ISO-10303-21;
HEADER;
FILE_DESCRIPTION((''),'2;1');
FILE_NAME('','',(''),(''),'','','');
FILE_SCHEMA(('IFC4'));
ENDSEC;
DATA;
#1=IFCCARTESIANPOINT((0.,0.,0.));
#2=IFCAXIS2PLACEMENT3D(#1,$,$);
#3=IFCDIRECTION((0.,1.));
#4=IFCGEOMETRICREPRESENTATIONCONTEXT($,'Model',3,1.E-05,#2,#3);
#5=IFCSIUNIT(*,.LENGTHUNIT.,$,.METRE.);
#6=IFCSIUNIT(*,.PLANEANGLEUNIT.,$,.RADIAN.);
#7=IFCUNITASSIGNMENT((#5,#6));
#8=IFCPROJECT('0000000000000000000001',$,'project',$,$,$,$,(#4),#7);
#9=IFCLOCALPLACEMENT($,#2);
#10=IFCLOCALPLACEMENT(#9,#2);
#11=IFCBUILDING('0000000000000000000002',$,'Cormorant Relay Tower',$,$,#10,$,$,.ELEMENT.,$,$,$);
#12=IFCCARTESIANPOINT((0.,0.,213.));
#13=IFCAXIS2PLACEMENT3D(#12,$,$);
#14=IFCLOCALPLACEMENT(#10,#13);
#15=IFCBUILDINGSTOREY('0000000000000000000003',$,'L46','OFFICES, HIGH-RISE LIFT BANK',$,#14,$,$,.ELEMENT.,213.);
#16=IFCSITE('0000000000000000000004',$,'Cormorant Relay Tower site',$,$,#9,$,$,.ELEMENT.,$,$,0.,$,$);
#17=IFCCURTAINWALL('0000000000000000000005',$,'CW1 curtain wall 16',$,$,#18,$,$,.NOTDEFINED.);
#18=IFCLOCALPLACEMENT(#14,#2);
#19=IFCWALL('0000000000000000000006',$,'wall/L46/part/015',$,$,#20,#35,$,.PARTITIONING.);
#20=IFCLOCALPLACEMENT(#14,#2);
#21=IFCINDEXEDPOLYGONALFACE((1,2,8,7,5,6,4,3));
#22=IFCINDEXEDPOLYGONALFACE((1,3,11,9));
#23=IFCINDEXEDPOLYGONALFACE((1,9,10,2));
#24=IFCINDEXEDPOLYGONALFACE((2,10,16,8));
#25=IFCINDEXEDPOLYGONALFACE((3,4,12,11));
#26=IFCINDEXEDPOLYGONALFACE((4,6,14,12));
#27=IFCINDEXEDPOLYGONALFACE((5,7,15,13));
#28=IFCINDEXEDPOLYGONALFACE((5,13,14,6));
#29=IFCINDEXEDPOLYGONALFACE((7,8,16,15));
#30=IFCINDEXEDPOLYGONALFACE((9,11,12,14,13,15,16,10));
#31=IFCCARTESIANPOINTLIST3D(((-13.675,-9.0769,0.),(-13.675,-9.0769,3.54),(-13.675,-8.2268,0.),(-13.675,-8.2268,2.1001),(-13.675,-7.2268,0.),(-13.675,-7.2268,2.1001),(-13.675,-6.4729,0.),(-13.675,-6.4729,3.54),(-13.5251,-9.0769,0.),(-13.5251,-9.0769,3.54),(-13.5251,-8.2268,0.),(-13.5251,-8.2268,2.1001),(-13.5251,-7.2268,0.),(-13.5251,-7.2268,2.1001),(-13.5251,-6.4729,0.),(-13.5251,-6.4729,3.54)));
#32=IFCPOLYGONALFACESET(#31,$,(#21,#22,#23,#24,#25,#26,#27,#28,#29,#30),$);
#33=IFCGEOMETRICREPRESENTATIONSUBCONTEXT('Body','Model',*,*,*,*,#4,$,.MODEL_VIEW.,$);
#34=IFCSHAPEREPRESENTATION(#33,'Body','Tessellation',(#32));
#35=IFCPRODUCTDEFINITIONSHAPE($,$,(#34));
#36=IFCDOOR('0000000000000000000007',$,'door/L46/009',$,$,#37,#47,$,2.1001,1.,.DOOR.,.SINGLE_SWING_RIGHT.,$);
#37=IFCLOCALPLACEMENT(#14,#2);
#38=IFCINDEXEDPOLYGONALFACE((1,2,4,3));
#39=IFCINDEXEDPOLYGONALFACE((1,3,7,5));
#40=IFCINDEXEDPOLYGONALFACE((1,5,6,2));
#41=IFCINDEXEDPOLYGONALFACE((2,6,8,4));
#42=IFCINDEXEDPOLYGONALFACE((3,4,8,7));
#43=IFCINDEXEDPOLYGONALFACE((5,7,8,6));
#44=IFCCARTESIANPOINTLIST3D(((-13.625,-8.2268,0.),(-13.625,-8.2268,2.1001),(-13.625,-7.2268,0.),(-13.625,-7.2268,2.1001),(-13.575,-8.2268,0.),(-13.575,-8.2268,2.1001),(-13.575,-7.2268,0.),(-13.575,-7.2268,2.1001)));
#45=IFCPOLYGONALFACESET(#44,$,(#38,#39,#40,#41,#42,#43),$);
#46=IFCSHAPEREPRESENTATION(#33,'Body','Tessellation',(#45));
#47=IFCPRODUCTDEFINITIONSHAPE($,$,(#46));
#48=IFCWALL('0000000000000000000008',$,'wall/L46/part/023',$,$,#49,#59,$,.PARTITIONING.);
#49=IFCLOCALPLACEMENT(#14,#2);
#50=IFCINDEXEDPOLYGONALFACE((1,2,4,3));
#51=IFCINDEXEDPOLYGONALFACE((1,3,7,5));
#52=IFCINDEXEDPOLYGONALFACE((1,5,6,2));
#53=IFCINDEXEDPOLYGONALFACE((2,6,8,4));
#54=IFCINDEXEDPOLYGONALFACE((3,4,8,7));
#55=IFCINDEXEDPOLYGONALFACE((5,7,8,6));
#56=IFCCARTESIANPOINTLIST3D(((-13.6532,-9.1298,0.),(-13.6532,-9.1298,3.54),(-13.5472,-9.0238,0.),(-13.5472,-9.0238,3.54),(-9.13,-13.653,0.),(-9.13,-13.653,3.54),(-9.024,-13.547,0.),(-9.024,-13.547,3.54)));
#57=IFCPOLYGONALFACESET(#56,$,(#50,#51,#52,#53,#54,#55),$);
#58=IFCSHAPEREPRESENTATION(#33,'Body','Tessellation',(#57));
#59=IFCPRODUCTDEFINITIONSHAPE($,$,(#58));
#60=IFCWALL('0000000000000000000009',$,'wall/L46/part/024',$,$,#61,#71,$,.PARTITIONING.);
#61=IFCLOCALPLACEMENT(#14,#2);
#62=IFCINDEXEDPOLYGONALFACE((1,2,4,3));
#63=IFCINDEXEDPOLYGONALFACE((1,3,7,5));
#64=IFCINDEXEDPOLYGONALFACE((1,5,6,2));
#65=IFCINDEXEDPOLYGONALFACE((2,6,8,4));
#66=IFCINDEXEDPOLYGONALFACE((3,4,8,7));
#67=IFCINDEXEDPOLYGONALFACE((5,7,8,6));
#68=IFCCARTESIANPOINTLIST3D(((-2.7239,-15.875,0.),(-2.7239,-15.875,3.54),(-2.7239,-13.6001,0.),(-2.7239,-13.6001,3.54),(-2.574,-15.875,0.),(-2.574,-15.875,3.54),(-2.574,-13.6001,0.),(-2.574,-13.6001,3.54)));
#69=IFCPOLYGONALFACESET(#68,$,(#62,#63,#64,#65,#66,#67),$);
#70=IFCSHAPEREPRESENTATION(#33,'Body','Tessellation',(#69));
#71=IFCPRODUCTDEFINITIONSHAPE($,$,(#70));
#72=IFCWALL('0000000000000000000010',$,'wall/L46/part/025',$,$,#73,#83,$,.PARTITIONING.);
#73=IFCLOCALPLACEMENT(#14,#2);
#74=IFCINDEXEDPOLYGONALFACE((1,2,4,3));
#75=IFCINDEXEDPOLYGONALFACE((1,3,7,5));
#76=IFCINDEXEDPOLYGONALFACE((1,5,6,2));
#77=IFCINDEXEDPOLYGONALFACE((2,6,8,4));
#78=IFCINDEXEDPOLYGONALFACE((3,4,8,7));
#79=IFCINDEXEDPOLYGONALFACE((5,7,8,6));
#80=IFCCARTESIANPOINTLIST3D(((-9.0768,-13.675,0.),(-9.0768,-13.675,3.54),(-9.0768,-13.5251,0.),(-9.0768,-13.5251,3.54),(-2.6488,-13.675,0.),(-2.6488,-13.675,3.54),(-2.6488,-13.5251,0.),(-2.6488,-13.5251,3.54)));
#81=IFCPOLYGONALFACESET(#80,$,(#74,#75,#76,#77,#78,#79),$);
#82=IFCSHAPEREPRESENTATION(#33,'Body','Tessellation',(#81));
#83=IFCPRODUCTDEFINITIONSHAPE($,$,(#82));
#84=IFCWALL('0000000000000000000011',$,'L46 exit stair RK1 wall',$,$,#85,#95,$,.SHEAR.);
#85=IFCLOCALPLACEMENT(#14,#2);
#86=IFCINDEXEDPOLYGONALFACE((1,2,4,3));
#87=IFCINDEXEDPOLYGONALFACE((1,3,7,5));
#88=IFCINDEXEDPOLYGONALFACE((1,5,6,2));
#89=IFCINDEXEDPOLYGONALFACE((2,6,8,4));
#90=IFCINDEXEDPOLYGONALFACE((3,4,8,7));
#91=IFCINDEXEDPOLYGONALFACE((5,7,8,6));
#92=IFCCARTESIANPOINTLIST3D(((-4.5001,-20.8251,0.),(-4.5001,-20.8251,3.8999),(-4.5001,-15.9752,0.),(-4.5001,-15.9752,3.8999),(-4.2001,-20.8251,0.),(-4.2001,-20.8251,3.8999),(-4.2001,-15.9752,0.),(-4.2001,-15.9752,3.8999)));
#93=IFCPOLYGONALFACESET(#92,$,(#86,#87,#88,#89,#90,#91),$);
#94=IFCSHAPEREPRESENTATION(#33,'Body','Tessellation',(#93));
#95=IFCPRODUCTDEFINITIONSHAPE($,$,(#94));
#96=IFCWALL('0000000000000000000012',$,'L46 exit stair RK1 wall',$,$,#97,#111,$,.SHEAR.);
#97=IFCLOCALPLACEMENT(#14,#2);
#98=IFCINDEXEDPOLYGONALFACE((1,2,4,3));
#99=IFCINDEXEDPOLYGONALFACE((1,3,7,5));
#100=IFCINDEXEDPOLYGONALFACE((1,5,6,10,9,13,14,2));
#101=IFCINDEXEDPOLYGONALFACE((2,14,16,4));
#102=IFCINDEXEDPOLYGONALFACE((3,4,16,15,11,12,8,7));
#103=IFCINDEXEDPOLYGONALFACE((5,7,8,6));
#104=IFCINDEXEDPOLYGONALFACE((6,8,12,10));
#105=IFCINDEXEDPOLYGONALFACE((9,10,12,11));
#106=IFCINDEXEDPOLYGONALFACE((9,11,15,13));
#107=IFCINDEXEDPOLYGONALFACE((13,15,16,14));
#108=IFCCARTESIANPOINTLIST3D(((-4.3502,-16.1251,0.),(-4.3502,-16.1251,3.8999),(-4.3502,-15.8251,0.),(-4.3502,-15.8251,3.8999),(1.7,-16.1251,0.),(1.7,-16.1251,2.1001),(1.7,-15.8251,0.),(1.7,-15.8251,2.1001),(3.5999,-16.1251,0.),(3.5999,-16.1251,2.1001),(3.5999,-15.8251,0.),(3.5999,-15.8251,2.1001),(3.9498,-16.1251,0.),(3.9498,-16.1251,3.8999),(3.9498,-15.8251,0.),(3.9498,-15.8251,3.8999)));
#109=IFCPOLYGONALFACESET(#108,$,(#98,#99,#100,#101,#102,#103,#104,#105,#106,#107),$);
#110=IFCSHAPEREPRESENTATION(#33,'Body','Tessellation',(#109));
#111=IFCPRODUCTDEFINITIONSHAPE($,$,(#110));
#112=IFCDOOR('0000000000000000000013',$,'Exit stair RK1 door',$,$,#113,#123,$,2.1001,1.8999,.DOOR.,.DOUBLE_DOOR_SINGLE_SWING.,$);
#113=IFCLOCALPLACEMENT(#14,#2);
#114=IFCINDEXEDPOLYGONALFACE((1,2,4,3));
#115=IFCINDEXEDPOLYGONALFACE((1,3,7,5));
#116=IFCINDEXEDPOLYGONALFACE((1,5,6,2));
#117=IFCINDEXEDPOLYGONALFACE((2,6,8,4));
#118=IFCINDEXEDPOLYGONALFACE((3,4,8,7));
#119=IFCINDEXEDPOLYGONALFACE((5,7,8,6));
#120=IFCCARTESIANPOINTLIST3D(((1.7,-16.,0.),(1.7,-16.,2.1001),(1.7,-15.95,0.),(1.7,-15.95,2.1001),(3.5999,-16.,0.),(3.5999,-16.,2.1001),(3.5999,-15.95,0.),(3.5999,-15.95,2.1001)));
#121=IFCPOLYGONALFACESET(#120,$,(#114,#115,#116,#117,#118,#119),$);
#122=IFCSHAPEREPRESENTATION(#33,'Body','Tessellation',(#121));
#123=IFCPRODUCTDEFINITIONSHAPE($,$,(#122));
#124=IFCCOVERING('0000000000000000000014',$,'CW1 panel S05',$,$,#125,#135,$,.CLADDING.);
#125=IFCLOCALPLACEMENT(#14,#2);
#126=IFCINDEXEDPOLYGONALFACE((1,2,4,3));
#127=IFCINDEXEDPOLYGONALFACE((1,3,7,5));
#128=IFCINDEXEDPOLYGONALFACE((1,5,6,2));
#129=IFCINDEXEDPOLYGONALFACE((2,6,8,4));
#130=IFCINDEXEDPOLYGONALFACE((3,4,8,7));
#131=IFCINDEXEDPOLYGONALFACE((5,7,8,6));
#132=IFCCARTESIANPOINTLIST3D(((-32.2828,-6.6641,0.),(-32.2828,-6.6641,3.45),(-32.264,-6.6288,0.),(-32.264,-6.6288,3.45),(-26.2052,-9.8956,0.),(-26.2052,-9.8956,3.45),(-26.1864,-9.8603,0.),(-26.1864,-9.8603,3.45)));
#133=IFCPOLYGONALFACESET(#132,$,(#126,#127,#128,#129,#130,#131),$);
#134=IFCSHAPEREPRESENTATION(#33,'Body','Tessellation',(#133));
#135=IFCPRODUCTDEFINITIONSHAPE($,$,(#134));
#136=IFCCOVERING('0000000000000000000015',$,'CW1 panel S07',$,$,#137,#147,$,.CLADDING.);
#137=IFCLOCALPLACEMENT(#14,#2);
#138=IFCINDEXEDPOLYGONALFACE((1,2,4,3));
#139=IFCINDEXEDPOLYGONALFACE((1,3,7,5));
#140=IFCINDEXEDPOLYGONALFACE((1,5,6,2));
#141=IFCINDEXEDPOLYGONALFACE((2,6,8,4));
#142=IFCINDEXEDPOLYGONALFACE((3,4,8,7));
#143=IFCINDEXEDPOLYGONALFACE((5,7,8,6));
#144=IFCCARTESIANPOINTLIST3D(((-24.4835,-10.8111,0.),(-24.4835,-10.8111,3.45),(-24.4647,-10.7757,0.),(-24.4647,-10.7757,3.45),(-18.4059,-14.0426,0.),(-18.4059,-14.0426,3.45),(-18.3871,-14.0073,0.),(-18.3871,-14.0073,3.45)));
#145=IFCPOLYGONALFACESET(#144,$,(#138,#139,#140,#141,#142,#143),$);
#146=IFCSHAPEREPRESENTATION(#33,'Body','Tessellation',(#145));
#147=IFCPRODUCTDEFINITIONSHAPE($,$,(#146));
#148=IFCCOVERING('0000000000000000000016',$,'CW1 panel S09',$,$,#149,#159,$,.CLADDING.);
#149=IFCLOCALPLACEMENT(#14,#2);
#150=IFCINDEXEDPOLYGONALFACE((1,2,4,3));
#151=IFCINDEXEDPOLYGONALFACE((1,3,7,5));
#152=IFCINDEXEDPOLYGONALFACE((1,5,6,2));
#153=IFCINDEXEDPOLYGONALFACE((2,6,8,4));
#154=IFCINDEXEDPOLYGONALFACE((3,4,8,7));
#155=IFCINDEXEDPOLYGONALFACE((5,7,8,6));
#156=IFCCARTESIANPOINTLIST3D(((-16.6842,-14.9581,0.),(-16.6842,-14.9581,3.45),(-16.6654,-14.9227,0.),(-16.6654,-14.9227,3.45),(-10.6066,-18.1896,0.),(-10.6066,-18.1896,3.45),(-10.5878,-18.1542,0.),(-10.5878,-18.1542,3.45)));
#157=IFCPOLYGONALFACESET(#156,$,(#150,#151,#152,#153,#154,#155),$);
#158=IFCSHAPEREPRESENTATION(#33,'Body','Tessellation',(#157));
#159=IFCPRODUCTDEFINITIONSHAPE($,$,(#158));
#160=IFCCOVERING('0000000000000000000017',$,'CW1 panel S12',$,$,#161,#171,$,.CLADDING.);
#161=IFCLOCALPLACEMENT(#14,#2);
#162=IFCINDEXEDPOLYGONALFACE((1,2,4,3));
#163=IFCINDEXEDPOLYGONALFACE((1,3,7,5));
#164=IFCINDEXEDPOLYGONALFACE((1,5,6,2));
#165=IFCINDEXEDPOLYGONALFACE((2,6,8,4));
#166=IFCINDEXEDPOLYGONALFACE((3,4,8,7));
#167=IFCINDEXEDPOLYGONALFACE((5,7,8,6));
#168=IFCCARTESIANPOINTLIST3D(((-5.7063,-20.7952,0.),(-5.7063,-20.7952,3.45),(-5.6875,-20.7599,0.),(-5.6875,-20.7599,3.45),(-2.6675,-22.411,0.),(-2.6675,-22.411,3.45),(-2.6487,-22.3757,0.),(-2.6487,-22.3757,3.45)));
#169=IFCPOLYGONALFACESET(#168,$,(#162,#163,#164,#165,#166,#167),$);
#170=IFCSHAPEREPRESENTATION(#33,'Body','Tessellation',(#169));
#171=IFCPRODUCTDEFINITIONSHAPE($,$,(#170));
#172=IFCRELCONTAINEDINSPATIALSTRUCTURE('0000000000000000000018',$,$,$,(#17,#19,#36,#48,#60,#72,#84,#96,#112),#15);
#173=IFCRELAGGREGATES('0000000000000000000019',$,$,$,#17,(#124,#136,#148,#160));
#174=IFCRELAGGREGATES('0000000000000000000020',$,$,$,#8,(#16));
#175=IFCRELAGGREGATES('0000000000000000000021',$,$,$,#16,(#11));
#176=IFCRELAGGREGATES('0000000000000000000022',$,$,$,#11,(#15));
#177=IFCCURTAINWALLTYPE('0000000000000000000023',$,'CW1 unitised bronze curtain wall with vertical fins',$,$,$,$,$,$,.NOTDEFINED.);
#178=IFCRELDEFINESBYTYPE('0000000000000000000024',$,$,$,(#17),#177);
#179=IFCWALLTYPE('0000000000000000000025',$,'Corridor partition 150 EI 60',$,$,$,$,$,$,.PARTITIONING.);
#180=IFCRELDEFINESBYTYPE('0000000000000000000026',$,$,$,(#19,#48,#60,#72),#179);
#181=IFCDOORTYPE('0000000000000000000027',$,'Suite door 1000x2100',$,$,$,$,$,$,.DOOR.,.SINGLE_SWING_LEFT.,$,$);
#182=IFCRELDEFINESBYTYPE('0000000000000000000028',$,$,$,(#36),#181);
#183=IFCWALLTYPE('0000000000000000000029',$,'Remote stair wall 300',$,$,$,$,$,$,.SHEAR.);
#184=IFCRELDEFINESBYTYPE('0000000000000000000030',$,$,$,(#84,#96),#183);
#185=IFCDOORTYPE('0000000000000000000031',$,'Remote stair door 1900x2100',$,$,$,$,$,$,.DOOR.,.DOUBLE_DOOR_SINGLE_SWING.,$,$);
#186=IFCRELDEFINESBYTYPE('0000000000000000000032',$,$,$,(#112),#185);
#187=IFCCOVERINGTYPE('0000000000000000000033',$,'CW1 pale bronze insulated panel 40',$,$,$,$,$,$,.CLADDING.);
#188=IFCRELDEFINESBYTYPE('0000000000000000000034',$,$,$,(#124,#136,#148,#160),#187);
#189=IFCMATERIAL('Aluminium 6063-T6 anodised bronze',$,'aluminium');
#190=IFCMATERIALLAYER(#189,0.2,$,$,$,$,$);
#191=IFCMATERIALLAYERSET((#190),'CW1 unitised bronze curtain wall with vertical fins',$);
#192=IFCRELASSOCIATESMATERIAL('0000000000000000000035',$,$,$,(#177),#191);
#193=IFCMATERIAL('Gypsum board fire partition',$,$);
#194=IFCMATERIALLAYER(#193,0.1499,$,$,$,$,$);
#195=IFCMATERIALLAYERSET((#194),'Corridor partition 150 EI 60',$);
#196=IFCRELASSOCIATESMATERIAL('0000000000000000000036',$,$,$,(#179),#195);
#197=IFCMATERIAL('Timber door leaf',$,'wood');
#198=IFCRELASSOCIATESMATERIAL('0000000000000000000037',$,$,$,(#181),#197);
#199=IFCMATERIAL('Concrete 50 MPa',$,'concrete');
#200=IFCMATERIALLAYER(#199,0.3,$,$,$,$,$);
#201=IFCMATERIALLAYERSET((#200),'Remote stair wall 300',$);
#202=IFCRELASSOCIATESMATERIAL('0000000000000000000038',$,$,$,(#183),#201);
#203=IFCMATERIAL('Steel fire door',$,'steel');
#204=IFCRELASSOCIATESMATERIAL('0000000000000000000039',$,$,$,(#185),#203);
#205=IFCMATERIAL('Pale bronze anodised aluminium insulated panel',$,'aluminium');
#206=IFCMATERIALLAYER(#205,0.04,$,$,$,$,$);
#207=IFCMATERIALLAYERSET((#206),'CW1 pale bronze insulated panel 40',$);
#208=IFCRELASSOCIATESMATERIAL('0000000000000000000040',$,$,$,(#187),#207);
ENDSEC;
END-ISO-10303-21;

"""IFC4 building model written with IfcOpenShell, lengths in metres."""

from ifc_helpers import new_model, si_unit, direction, frame, frame_2d, origin, origin_2d, place, context, subcontext, project, spatial, rectangle, extrude, material, layer, layer_set, type_object, element, fill, aggregate, save


model = new_model("IFC4")

# Units and contexts
model_context = context("Model", 3, precision=1e-05, world=origin(), true_north=direction((0.0, 1.0)))
body_context = subcontext(model_context, "Body", "Model", "MODEL_VIEW")
ifc_project = project(units=[si_unit("LENGTHUNIT", "METRE"), si_unit("PLANEANGLEUNIT", "RADIAN")], contexts=[model_context])

# Site, building, storey
site_placement = place(None, origin())
site = spatial("IfcSite", under=ifc_project, at=site_placement, Name="Cormorant Relay Tower site", CompositionType="ELEMENT", RefElevation=0.0)
building_placement = place(site_placement, origin())
building = spatial("IfcBuilding", under=site, at=building_placement, Name="Cormorant Relay Tower", CompositionType="ELEMENT")
storey_placement = place(building_placement, frame((0.0, 0.0, 213.0)))
storey = spatial("IfcBuildingStorey", under=building, at=storey_placement, Name="L46", Description="OFFICES, HIGH-RISE LIFT BANK", CompositionType="ELEMENT", Elevation=213.0)

# Curtain wall
ifc_material_1 = material(Name="Aluminium 6063-T6 anodised bronze", Category="aluminium")
ifc_layer_1 = layer(ifc_material_1, 0.2)
ifc_layer_set_1 = layer_set([ifc_layer_1], Name="CW1 unitised bronze curtain wall with vertical fins")
curtain_wall_type = type_object("IfcCurtainWallType", Name="CW1 unitised bronze curtain wall with vertical fins", PredefinedType="NOTDEFINED", material=ifc_layer_set_1)
curtain_wall_placement = place(storey_placement, origin())
curtain_wall = element("IfcCurtainWall", 1, at=curtain_wall_placement, inside=storey, type_object=curtain_wall_type, Name="CW1 curtain wall 16", PredefinedType="NOTDEFINED")

# Wall, opening, door
ifc_material_2 = material(Name="Gypsum board fire partition")
ifc_layer_2 = layer(ifc_material_2, 0.1499)
ifc_layer_set_2 = layer_set([ifc_layer_2], Name="Corridor partition 150 EI 60")
wall_type_1 = type_object("IfcWallType", Name="Corridor partition 150 EI 60", PredefinedType="PARTITIONING", material=ifc_layer_set_2)
wall_1_placement = place(storey_placement, frame((-13.6001, -9.0769, 0.0), z_axis=(0.0, 0.0, 1.0), x_axis=(0.0, 1.0, 0.0)))
wall_1 = element("IfcWall", 2, at=wall_1_placement, inside=storey, type_object=wall_type_1, Name="wall/L46/part/015", PredefinedType="PARTITIONING", context=body_context, shape_type="SweptSolid", body=[
    extrude(rectangle(XDim=2.604, YDim=0.1499, at=frame_2d((1.302, 0.0))), origin(), (0.0, 0.0, 1.0), 3.54),
])
opening_1_placement = place(wall_1_placement, frame((0.8501, 0.0, 0.0)))
opening_1 = element("IfcOpeningElement", 3, at=opening_1_placement, cuts=wall_1, PredefinedType="OPENING", context=body_context, shape_type="SweptSolid", body=[
    extrude(rectangle(XDim=1.0, YDim=2.1001, at=frame_2d((0.5, 1.05))), frame((0.0, 0.085, 0.0), z_axis=(0.0, -1.0, 0.0), x_axis=(1.0, 0.0, 0.0)), (0.0, 0.0, 1.0), 0.1699),
])
ifc_material_3 = material(Name="Timber door leaf", Category="wood")
door_type_1 = type_object("IfcDoorType", Name="Suite door 1000x2100", OperationType="SINGLE_SWING_LEFT", PredefinedType="DOOR", material=ifc_material_3)
door_1_placement = place(opening_1_placement, origin())
door_1 = element("IfcDoor", 4, at=door_1_placement, inside=storey, type_object=door_type_1, Name="door/L46/009", OperationType="SINGLE_SWING_RIGHT", OverallHeight=2.1001, OverallWidth=1.0, PredefinedType="DOOR", context=body_context, shape_type="SweptSolid", body=[
    extrude(rectangle(XDim=1.0, YDim=2.1001, at=frame_2d((0.5, 1.05))), frame((0.0, 0.0249, 0.0), z_axis=(0.0, -1.0, 0.0), x_axis=(1.0, 0.0, 0.0)), (0.0, 0.0, 1.0), 0.05),
])
fill(opening_1, door_1)

# Walls
wall_2_placement = place(storey_placement, frame((-13.6001, -9.0769, 0.0), z_axis=(0.0, 0.0, 1.0), x_axis=(0.707107, -0.707107, 0.0)))
element("IfcWall", 5, at=wall_2_placement, inside=storey, type_object=wall_type_1, Name="wall/L46/part/023", PredefinedType="PARTITIONING", context=body_context, shape_type="SweptSolid", body=[
    extrude(rectangle(XDim=6.3967, YDim=0.1499, at=frame_2d((3.1982, 0.0))), origin(), (0.0, 0.0, 1.0), 3.54),
])
wall_3_placement = place(storey_placement, frame((-2.6489, -15.875, 0.0), z_axis=(0.0, 0.0, 1.0), x_axis=(0.0, 1.0, 0.0)))
element("IfcWall", 6, at=wall_3_placement, inside=storey, type_object=wall_type_1, Name="wall/L46/part/024", PredefinedType="PARTITIONING", context=body_context, shape_type="SweptSolid", body=[
    extrude(rectangle(XDim=2.2749, YDim=0.1499, at=frame_2d((1.1375, 0.0))), origin(), (0.0, 0.0, 1.0), 3.54),
])
wall_4_placement = place(storey_placement, frame((-2.6489, -13.6001, 0.0), z_axis=(0.0, 0.0, 1.0), x_axis=(-1.0, 0.0, 0.0)))
element("IfcWall", 7, at=wall_4_placement, inside=storey, type_object=wall_type_1, Name="wall/L46/part/025", PredefinedType="PARTITIONING", context=body_context, shape_type="SweptSolid", body=[
    extrude(rectangle(XDim=6.428, YDim=0.1499, at=frame_2d((3.2139, 0.0))), origin(), (0.0, 0.0, 1.0), 3.54),
])
ifc_material_4 = material(Name="Concrete 50 MPa", Category="concrete")
ifc_layer_3 = layer(ifc_material_4, 0.3)
ifc_layer_set_3 = layer_set([ifc_layer_3], Name="Remote stair wall 300")
wall_type_2 = type_object("IfcWallType", Name="Remote stair wall 300", PredefinedType="SHEAR", material=ifc_layer_set_3)
wall_5_placement = place(storey_placement, frame((-4.3501, -20.825, 0.0), z_axis=(0.0, 0.0, 1.0), x_axis=(0.0, 1.0, 0.0)))
element("IfcWall", 8, at=wall_5_placement, inside=storey, type_object=wall_type_2, Name="L46 exit stair RK1 wall", PredefinedType="SHEAR", context=body_context, shape_type="SweptSolid", body=[
    extrude(rectangle(XDim=4.8499, YDim=0.3, at=frame_2d((2.4248, 0.0))), origin(), (0.0, 0.0, 1.0), 3.8999),
])

# Wall, opening, door
wall_6_placement = place(storey_placement, frame((-4.3501, -15.9751, 0.0), z_axis=(0.0, 0.0, 1.0), x_axis=(1.0, 0.0, 0.0)))
wall_6 = element("IfcWall", 9, at=wall_6_placement, inside=storey, type_object=wall_type_2, Name="L46 exit stair RK1 wall", PredefinedType="SHEAR", context=body_context, shape_type="SweptSolid", body=[
    extrude(rectangle(XDim=8.3, YDim=0.3, at=frame_2d((4.1499, 0.0))), origin(), (0.0, 0.0, 1.0), 3.8999),
])
opening_2_placement = place(wall_6_placement, frame((6.05, 0.0, 0.0)))
opening_2 = element("IfcOpeningElement", 10, at=opening_2_placement, cuts=wall_6, PredefinedType="OPENING", context=body_context, shape_type="SweptSolid", body=[
    extrude(rectangle(XDim=1.8999, YDim=2.1001, at=frame_2d((0.95, 1.05))), frame((0.0, 0.1599, 0.0), z_axis=(0.0, -1.0, 0.0), x_axis=(1.0, 0.0, 0.0)), (0.0, 0.0, 1.0), 0.3201),
])
ifc_material_5 = material(Name="Steel fire door", Category="steel")
door_type_2 = type_object("IfcDoorType", Name="Remote stair door 1900x2100", OperationType="DOUBLE_DOOR_SINGLE_SWING", PredefinedType="DOOR", material=ifc_material_5)
door_2_placement = place(opening_2_placement, frame((1.8999, 0.0, 0.0), z_axis=(0.0, 0.0, 1.0), x_axis=(-1.0, 0.0, 0.0)))
door_2 = element("IfcDoor", 11, at=door_2_placement, inside=storey, type_object=door_type_2, Name="Exit stair RK1 door", OperationType="DOUBLE_DOOR_SINGLE_SWING", OverallHeight=2.1001, OverallWidth=1.8999, PredefinedType="DOOR", context=body_context, shape_type="SweptSolid", body=[
    extrude(rectangle(XDim=1.8999, YDim=2.1001, at=frame_2d((0.95, 1.05))), frame((0.0, 0.0249, 0.0), z_axis=(0.0, -1.0, 0.0), x_axis=(1.0, 0.0, 0.0)), (0.0, 0.0, 1.0), 0.05),
])
fill(opening_2, door_2)

# Coverings
ifc_material_6 = material(Name="Pale bronze anodised aluminium insulated panel", Category="aluminium")
ifc_layer_4 = layer(ifc_material_6, 0.04)
ifc_layer_set_4 = layer_set([ifc_layer_4], Name="CW1 pale bronze insulated panel 40")
covering_type = type_object("IfcCoveringType", Name="CW1 pale bronze insulated panel 40", PredefinedType="CLADDING", material=ifc_layer_set_4)
covering_1_placement = place(storey_placement, frame((-29.2346, -8.2622, 0.0), z_axis=(0.0, 0.0, 1.0), x_axis=(0.882948, -0.469472, 0.0)))
covering_1 = element("IfcCovering", 12, at=covering_1_placement, type_object=covering_type, Name="CW1 panel S05", PredefinedType="CLADDING", context=body_context, shape_type="SweptSolid", body=[
    extrude(rectangle(XDim=6.8833, YDim=0.04, at=origin_2d()), origin(), (0.0, 0.0, 1.0), 3.45),
])
covering_2_placement = place(storey_placement, frame((-21.4353, -12.4092, 0.0), z_axis=(0.0, 0.0, 1.0), x_axis=(0.882948, -0.469472, 0.0)))
covering_2 = element("IfcCovering", 13, at=covering_2_placement, type_object=covering_type, Name="CW1 panel S07", PredefinedType="CLADDING", context=body_context, shape_type="SweptSolid", body=[
    extrude(rectangle(XDim=6.8833, YDim=0.04, at=origin_2d()), origin(), (0.0, 0.0, 1.0), 3.45),
])
covering_3_placement = place(storey_placement, frame((-13.636, -16.5562, 0.0), z_axis=(0.0, 0.0, 1.0), x_axis=(0.882948, -0.469472, 0.0)))
covering_3 = element("IfcCovering", 14, at=covering_3_placement, type_object=covering_type, Name="CW1 panel S09", PredefinedType="CLADDING", context=body_context, shape_type="SweptSolid", body=[
    extrude(rectangle(XDim=6.8833, YDim=0.04, at=origin_2d()), origin(), (0.0, 0.0, 1.0), 3.45),
])
covering_4_placement = place(storey_placement, frame((-4.1775, -21.5854, 0.0), z_axis=(0.0, 0.0, 1.0), x_axis=(0.882948, -0.469472, 0.0)))
covering_4 = element("IfcCovering", 15, at=covering_4_placement, type_object=covering_type, Name="CW1 panel S12", PredefinedType="CLADDING", context=body_context, shape_type="SweptSolid", body=[
    extrude(rectangle(XDim=3.4417, YDim=0.04, at=origin_2d()), origin(), (0.0, 0.0, 1.0), 3.45),
])
aggregate(curtain_wall, [covering_1, covering_2, covering_3, covering_4])

save(model, "model.ifc")
